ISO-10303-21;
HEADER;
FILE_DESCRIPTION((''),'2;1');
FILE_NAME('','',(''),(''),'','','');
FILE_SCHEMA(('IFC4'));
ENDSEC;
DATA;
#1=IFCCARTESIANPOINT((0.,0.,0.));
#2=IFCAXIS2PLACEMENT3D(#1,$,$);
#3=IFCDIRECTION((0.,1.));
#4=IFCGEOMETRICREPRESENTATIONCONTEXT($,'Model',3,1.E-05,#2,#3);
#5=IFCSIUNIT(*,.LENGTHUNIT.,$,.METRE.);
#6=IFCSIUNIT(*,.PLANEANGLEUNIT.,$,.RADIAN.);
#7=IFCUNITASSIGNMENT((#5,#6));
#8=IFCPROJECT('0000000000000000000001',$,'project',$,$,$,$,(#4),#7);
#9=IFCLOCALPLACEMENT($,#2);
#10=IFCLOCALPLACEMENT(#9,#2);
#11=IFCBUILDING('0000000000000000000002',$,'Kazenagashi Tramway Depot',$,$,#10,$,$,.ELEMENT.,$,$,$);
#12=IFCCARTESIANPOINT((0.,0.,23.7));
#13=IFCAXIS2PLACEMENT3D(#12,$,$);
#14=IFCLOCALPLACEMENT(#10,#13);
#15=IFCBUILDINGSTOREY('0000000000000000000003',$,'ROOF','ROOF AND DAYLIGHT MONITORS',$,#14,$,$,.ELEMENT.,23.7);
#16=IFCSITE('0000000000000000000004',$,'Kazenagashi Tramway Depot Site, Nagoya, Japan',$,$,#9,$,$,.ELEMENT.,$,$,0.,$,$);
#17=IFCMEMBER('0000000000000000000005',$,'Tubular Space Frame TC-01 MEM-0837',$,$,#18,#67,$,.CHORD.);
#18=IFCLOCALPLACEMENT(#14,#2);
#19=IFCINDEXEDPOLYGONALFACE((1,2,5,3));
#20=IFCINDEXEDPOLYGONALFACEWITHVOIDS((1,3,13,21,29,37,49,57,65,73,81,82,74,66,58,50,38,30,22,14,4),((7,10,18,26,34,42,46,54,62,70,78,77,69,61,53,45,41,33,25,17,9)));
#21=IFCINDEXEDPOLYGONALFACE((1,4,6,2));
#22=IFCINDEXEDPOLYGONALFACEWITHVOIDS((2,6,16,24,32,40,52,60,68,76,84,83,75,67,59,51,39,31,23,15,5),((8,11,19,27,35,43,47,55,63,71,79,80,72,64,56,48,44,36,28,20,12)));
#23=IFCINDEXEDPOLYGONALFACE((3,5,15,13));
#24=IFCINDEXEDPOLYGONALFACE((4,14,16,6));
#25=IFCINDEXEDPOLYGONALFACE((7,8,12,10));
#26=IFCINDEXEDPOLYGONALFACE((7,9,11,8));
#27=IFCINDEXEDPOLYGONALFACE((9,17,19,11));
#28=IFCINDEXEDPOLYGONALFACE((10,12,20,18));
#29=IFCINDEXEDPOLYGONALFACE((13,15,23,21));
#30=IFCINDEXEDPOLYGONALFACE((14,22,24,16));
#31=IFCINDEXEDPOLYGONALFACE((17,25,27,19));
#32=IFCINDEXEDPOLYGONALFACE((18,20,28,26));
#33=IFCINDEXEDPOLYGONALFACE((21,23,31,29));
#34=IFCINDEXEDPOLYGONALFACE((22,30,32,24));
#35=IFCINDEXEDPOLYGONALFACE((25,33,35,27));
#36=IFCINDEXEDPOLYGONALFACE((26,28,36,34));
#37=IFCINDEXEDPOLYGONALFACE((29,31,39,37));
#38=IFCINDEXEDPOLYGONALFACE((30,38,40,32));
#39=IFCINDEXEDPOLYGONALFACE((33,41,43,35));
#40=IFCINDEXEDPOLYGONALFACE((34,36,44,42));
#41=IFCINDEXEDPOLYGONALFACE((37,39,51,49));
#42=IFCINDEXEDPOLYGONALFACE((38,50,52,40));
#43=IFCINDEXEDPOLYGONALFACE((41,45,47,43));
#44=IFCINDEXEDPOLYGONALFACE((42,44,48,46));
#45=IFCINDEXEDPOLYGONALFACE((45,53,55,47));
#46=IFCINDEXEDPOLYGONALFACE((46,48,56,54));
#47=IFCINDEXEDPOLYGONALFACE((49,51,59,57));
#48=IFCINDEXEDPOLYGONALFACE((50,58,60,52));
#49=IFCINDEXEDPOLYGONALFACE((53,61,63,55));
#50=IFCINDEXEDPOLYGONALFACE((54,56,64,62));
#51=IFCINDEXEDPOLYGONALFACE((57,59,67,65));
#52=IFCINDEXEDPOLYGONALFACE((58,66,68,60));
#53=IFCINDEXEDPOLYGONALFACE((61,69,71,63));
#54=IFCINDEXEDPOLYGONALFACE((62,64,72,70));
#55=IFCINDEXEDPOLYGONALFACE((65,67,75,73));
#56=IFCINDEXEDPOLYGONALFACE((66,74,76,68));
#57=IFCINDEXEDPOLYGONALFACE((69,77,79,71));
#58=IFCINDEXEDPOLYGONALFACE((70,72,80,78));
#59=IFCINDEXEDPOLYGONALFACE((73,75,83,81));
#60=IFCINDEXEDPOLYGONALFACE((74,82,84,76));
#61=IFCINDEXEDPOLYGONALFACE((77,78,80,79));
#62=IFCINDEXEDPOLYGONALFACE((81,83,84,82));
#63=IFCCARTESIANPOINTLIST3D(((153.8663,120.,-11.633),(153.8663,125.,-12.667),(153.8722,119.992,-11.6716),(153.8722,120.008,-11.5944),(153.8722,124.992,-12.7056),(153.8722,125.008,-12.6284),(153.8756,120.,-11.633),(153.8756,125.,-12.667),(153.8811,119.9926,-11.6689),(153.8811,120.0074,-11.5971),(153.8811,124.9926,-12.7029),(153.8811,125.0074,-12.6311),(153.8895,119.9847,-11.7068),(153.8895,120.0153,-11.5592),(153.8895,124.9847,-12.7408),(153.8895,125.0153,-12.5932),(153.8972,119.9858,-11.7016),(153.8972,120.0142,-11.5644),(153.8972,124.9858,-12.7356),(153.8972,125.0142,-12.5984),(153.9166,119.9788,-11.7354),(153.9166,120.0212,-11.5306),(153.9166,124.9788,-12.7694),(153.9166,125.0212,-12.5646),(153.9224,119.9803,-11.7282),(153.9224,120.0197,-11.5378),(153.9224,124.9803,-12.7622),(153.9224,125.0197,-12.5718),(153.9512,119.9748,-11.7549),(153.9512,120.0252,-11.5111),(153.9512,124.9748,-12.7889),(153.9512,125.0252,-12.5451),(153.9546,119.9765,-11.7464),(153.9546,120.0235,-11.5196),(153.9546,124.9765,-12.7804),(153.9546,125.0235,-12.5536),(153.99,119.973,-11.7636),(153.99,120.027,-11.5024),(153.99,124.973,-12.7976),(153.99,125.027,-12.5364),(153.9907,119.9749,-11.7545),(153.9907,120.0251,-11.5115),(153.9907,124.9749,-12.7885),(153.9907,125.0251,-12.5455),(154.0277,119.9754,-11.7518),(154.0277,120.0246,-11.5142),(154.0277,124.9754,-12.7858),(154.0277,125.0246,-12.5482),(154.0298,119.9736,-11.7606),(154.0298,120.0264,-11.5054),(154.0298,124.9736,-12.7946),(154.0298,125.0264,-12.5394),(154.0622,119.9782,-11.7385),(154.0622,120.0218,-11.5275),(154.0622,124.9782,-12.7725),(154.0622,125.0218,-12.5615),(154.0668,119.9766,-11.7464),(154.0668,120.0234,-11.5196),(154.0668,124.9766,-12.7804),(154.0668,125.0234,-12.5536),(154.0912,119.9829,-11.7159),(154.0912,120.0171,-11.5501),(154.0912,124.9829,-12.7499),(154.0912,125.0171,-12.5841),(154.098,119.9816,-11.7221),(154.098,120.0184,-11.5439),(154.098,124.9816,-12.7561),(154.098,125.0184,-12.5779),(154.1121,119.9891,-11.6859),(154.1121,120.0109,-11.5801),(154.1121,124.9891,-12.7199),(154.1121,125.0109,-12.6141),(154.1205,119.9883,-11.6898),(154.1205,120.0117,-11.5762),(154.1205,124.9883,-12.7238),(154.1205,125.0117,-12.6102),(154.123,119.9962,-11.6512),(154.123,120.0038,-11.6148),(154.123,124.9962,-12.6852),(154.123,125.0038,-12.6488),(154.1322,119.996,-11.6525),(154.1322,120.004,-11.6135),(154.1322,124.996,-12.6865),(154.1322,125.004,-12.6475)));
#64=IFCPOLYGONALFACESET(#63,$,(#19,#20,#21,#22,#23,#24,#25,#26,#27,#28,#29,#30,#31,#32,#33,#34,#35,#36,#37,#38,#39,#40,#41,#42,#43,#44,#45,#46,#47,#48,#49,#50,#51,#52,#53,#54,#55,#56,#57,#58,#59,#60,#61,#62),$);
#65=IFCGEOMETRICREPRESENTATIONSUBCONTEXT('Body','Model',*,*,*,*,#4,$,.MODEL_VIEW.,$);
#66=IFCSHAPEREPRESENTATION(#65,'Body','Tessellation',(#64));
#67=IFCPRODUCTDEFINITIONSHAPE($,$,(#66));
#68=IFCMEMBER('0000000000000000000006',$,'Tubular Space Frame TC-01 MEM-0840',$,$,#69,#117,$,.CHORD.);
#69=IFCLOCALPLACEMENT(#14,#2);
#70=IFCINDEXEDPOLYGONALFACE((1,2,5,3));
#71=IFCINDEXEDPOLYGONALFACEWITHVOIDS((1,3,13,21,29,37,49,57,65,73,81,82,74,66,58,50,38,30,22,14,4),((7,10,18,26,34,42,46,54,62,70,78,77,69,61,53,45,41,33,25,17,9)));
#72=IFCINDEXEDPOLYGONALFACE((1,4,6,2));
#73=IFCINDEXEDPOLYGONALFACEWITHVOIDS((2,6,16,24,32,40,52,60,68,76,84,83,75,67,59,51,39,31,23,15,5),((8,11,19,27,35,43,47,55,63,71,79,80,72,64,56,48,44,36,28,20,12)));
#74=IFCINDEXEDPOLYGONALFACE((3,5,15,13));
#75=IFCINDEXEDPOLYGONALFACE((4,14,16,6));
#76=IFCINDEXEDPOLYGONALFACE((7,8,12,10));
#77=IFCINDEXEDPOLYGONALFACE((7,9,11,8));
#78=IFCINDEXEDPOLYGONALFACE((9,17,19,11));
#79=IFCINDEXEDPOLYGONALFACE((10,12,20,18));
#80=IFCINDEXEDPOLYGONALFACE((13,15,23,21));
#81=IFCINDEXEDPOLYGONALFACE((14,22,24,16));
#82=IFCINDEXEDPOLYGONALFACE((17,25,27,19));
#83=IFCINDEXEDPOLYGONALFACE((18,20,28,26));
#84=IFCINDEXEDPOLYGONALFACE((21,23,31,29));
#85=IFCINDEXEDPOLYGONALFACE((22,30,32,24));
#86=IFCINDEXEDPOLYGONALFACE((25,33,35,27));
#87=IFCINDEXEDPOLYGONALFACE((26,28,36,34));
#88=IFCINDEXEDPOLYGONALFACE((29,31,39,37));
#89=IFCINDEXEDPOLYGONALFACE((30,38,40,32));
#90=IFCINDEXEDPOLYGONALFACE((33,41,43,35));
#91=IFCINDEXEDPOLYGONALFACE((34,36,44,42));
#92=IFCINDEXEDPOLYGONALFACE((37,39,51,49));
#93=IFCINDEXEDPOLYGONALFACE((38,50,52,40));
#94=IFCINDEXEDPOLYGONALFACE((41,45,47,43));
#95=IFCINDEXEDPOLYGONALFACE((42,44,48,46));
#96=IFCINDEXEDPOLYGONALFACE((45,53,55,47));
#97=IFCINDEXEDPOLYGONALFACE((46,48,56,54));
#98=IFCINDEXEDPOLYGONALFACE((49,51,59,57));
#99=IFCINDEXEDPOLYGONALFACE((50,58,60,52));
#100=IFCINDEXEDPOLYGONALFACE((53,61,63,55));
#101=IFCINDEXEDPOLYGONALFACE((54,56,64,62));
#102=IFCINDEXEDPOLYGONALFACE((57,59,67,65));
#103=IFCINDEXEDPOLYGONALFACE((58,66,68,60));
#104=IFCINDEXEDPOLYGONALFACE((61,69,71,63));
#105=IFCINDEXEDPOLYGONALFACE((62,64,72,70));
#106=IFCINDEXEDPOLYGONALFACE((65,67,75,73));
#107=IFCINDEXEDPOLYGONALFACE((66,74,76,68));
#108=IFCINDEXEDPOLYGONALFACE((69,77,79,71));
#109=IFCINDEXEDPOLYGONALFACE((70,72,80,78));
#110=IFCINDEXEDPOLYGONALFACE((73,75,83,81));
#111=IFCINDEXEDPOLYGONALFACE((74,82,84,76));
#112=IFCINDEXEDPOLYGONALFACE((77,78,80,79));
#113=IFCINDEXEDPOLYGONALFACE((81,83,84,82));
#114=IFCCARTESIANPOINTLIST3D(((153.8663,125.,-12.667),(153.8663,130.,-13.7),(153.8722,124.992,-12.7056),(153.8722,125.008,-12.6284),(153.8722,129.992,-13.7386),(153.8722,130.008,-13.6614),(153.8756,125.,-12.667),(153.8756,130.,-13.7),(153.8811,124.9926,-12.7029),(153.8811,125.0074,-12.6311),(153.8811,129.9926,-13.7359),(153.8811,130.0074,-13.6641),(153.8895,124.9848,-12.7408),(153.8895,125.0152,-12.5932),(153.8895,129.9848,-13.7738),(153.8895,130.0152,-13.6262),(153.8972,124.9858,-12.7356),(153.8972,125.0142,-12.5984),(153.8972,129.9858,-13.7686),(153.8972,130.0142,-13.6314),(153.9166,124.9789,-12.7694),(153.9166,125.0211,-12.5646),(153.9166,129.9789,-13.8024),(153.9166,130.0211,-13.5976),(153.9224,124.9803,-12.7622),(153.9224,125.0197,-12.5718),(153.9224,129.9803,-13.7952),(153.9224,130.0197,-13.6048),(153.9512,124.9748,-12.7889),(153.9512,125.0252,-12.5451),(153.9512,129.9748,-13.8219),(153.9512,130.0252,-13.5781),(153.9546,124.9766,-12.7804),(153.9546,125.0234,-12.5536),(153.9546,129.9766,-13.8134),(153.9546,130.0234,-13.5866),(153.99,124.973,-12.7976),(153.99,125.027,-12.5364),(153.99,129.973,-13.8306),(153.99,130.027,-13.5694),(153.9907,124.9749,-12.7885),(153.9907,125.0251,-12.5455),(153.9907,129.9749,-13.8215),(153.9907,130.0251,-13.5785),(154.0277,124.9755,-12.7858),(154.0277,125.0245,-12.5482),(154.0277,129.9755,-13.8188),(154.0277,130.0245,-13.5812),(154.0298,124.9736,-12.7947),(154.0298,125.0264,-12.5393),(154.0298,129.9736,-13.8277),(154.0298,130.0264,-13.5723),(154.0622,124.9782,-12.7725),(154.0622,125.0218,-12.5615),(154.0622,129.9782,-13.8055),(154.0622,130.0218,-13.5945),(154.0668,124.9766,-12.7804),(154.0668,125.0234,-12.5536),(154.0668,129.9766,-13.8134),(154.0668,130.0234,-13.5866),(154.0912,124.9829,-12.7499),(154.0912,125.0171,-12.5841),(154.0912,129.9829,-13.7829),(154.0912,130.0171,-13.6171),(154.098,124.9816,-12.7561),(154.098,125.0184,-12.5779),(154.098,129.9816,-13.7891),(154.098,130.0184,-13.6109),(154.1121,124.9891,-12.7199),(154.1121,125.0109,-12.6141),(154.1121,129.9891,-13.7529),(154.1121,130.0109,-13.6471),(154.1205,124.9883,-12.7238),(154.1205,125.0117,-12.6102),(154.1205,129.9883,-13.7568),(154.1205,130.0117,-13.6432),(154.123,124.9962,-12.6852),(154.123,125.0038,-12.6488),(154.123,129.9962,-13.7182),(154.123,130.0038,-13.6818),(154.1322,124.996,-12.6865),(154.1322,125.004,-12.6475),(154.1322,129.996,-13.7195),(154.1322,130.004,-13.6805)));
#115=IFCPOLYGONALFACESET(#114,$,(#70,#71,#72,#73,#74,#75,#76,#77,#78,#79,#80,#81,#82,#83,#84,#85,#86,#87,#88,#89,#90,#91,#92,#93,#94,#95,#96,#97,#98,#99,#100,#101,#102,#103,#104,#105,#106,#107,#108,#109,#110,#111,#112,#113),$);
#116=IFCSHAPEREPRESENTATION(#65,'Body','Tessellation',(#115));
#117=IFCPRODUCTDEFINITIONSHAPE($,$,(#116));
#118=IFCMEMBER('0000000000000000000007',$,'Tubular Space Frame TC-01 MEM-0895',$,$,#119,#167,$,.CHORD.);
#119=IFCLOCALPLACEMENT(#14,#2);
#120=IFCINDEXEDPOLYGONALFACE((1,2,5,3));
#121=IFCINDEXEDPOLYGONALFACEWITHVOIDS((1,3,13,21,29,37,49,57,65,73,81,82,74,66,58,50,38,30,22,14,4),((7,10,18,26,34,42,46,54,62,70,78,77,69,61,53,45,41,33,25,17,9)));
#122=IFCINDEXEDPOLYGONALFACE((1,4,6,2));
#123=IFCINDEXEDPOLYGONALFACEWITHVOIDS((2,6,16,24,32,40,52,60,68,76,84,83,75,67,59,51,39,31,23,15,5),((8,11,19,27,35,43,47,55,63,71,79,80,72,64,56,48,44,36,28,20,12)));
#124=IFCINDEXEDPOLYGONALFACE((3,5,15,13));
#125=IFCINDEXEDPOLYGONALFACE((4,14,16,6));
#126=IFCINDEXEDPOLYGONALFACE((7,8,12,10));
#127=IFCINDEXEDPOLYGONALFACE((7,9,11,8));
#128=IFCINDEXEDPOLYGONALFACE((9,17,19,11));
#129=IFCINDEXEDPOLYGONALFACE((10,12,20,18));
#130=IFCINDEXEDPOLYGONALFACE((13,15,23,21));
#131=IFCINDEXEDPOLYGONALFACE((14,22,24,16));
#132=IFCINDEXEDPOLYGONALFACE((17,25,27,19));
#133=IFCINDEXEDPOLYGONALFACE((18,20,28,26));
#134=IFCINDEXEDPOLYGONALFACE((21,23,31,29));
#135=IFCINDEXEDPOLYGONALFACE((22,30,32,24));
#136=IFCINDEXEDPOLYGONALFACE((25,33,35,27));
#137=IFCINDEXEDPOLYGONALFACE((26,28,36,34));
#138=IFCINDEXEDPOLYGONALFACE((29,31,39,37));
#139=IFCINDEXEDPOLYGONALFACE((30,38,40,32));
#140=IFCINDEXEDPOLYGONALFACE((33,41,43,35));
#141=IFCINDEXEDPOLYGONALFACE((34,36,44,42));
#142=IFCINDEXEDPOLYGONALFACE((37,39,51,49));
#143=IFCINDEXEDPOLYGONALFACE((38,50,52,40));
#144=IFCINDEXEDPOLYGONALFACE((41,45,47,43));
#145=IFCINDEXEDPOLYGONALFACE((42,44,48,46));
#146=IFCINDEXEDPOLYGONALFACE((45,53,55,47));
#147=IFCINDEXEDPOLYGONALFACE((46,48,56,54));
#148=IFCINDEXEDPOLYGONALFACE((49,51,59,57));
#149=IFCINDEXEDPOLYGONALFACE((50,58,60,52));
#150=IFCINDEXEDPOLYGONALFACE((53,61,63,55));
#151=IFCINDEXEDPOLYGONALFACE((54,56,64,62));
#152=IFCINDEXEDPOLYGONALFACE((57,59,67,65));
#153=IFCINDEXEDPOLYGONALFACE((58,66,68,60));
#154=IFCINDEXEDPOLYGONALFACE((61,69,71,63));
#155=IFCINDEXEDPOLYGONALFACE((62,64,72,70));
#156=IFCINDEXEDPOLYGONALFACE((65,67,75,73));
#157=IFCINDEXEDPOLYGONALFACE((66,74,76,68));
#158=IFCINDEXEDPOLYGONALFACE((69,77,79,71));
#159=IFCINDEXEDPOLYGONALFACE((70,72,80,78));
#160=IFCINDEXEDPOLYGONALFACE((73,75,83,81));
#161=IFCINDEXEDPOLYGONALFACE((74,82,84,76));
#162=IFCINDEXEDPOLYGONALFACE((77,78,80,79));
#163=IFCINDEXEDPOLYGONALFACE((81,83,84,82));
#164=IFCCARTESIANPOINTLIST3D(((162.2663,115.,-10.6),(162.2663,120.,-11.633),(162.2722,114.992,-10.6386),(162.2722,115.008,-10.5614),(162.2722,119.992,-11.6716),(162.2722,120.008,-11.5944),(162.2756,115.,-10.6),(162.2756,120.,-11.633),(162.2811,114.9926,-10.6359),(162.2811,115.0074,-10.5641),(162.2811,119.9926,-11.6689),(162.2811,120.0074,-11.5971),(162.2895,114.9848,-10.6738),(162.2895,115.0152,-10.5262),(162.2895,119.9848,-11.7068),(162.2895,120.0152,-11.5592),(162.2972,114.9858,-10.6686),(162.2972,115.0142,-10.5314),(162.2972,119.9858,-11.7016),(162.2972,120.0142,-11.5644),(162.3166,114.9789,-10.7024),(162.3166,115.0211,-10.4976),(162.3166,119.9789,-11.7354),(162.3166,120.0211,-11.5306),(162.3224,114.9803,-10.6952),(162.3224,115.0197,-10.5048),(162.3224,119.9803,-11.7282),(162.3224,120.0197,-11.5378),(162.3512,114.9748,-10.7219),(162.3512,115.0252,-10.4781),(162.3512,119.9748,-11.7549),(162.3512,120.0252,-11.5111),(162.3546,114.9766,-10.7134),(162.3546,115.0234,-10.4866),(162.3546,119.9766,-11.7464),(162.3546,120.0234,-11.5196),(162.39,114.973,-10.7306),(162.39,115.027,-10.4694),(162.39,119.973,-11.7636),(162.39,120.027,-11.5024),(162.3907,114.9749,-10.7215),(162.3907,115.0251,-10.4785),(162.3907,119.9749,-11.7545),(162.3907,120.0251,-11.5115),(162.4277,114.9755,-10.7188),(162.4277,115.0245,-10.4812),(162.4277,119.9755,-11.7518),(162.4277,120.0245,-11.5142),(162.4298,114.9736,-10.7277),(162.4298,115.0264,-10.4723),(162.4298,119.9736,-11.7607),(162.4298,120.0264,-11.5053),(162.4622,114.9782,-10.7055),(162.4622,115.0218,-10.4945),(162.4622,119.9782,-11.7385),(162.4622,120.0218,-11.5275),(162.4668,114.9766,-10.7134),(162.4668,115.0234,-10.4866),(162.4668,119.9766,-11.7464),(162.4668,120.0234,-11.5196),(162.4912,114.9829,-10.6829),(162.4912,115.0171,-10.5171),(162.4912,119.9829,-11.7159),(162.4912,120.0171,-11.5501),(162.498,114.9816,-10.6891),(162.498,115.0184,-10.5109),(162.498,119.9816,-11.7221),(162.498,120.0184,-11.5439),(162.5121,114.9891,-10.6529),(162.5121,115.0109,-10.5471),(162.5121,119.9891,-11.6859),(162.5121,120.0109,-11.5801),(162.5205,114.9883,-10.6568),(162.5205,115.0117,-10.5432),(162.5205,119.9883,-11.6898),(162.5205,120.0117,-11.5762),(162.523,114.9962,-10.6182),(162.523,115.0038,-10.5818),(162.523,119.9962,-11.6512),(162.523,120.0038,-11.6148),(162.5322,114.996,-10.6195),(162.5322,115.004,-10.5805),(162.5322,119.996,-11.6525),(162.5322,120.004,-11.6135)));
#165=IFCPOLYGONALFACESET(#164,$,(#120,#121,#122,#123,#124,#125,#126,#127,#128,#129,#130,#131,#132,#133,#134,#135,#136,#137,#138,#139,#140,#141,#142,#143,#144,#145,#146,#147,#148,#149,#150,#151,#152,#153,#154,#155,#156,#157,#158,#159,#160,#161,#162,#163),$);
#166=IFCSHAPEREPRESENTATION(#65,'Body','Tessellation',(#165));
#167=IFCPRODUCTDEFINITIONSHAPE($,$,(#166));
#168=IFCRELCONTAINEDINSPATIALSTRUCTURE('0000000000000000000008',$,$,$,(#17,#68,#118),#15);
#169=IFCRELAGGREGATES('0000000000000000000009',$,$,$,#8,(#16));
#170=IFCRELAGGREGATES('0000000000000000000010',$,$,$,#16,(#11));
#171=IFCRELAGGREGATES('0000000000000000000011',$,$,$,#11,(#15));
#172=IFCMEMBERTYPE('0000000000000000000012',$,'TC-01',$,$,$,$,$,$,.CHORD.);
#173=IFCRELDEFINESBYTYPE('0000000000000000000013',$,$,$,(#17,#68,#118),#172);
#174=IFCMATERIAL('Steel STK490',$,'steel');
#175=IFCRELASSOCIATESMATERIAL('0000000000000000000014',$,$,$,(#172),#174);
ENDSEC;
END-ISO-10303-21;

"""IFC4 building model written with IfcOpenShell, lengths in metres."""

from ifc_helpers import new_model, si_unit, direction, frame, origin, origin_2d, place, context, subcontext, project, spatial, hollow_circle, extrude, material, material_profile, profile_set, type_object, element, save


model = new_model("IFC4")

# Units and contexts
model_context = context("Model", 3, precision=1e-05, world=origin(), true_north=direction((0.0, 1.0)))
body_context = subcontext(model_context, "Body", "Model", "MODEL_VIEW")
ifc_project = project(units=[si_unit("LENGTHUNIT", "METRE"), si_unit("PLANEANGLEUNIT", "RADIAN")], contexts=[model_context])

# Site, building, storey
site_placement = place(None, origin())
site = spatial("IfcSite", under=ifc_project, at=site_placement, Name="Kazenagashi Tramway Depot Site, Nagoya, Japan", CompositionType="ELEMENT", RefElevation=0.0)
building_placement = place(site_placement, origin())
building = spatial("IfcBuilding", under=site, at=building_placement, Name="Kazenagashi Tramway Depot", CompositionType="ELEMENT")
storey_placement = place(building_placement, frame((0.0, 0.0, 23.7)))
storey = spatial("IfcBuildingStorey", under=building, at=storey_placement, Name="ROOF", Description="ROOF AND DAYLIGHT MONITORS", CompositionType="ELEMENT", Elevation=23.7)

# Members
ifc_material_1 = material(Name="Steel STK490", Category="steel")
ifc_material_profile_1 = material_profile(ifc_material_1, hollow_circle(Radius=0.1337, WallThickness=0.0093, at=origin_2d()), Name="CHS-267.4x9.3")
ifc_profile_set_1 = profile_set([ifc_material_profile_1], Name="Steel STK490")
member_type_1 = type_object("IfcMemberType", Name="TC-01", PredefinedType="CHORD", material=ifc_profile_set_1)
member_1_placement = place(storey_placement, frame((154.0, 120.0, -11.633), z_axis=(0.0, 0.979279, -0.202515), x_axis=(-1.0, 0.0, 0.0)))
element("IfcMember", 1, at=member_1_placement, inside=storey, type_object=member_type_1, Name="Tubular Space Frame TC-01 MEM-0837", PredefinedType="CHORD", context=body_context, shape_type="SweptSolid", body=[
    extrude(hollow_circle(Radius=0.1337, WallThickness=0.0093, at=origin_2d()), origin(), (0.0, 0.0, 1.0), 5.1058),
])
for number, where, z_axis, x_axis, name in (
    (2, (154.0, 125.0, -12.667), (0.0, 0.979318, -0.202327), (-1.0, 0.0, 0.0), "Tubular Space Frame TC-01 MEM-0840"),
    (3, (162.4, 115.0, -10.6), (0.0, 0.979318, -0.202327), (-1.0, 0.0, 0.0), "Tubular Space Frame TC-01 MEM-0895"),
):
    element("IfcMember", number, at=place(storey_placement, frame(where, z_axis=z_axis, x_axis=x_axis)), inside=storey, type_object=member_type_1, Name=name, PredefinedType="CHORD", context=body_context, shape_type="SweptSolid", body=[
        extrude(hollow_circle(Radius=0.1337, WallThickness=0.0093, at=origin_2d()), origin(), (0.0, 0.0, 1.0), 5.1056),
    ])

save(model, "model.ifc")
